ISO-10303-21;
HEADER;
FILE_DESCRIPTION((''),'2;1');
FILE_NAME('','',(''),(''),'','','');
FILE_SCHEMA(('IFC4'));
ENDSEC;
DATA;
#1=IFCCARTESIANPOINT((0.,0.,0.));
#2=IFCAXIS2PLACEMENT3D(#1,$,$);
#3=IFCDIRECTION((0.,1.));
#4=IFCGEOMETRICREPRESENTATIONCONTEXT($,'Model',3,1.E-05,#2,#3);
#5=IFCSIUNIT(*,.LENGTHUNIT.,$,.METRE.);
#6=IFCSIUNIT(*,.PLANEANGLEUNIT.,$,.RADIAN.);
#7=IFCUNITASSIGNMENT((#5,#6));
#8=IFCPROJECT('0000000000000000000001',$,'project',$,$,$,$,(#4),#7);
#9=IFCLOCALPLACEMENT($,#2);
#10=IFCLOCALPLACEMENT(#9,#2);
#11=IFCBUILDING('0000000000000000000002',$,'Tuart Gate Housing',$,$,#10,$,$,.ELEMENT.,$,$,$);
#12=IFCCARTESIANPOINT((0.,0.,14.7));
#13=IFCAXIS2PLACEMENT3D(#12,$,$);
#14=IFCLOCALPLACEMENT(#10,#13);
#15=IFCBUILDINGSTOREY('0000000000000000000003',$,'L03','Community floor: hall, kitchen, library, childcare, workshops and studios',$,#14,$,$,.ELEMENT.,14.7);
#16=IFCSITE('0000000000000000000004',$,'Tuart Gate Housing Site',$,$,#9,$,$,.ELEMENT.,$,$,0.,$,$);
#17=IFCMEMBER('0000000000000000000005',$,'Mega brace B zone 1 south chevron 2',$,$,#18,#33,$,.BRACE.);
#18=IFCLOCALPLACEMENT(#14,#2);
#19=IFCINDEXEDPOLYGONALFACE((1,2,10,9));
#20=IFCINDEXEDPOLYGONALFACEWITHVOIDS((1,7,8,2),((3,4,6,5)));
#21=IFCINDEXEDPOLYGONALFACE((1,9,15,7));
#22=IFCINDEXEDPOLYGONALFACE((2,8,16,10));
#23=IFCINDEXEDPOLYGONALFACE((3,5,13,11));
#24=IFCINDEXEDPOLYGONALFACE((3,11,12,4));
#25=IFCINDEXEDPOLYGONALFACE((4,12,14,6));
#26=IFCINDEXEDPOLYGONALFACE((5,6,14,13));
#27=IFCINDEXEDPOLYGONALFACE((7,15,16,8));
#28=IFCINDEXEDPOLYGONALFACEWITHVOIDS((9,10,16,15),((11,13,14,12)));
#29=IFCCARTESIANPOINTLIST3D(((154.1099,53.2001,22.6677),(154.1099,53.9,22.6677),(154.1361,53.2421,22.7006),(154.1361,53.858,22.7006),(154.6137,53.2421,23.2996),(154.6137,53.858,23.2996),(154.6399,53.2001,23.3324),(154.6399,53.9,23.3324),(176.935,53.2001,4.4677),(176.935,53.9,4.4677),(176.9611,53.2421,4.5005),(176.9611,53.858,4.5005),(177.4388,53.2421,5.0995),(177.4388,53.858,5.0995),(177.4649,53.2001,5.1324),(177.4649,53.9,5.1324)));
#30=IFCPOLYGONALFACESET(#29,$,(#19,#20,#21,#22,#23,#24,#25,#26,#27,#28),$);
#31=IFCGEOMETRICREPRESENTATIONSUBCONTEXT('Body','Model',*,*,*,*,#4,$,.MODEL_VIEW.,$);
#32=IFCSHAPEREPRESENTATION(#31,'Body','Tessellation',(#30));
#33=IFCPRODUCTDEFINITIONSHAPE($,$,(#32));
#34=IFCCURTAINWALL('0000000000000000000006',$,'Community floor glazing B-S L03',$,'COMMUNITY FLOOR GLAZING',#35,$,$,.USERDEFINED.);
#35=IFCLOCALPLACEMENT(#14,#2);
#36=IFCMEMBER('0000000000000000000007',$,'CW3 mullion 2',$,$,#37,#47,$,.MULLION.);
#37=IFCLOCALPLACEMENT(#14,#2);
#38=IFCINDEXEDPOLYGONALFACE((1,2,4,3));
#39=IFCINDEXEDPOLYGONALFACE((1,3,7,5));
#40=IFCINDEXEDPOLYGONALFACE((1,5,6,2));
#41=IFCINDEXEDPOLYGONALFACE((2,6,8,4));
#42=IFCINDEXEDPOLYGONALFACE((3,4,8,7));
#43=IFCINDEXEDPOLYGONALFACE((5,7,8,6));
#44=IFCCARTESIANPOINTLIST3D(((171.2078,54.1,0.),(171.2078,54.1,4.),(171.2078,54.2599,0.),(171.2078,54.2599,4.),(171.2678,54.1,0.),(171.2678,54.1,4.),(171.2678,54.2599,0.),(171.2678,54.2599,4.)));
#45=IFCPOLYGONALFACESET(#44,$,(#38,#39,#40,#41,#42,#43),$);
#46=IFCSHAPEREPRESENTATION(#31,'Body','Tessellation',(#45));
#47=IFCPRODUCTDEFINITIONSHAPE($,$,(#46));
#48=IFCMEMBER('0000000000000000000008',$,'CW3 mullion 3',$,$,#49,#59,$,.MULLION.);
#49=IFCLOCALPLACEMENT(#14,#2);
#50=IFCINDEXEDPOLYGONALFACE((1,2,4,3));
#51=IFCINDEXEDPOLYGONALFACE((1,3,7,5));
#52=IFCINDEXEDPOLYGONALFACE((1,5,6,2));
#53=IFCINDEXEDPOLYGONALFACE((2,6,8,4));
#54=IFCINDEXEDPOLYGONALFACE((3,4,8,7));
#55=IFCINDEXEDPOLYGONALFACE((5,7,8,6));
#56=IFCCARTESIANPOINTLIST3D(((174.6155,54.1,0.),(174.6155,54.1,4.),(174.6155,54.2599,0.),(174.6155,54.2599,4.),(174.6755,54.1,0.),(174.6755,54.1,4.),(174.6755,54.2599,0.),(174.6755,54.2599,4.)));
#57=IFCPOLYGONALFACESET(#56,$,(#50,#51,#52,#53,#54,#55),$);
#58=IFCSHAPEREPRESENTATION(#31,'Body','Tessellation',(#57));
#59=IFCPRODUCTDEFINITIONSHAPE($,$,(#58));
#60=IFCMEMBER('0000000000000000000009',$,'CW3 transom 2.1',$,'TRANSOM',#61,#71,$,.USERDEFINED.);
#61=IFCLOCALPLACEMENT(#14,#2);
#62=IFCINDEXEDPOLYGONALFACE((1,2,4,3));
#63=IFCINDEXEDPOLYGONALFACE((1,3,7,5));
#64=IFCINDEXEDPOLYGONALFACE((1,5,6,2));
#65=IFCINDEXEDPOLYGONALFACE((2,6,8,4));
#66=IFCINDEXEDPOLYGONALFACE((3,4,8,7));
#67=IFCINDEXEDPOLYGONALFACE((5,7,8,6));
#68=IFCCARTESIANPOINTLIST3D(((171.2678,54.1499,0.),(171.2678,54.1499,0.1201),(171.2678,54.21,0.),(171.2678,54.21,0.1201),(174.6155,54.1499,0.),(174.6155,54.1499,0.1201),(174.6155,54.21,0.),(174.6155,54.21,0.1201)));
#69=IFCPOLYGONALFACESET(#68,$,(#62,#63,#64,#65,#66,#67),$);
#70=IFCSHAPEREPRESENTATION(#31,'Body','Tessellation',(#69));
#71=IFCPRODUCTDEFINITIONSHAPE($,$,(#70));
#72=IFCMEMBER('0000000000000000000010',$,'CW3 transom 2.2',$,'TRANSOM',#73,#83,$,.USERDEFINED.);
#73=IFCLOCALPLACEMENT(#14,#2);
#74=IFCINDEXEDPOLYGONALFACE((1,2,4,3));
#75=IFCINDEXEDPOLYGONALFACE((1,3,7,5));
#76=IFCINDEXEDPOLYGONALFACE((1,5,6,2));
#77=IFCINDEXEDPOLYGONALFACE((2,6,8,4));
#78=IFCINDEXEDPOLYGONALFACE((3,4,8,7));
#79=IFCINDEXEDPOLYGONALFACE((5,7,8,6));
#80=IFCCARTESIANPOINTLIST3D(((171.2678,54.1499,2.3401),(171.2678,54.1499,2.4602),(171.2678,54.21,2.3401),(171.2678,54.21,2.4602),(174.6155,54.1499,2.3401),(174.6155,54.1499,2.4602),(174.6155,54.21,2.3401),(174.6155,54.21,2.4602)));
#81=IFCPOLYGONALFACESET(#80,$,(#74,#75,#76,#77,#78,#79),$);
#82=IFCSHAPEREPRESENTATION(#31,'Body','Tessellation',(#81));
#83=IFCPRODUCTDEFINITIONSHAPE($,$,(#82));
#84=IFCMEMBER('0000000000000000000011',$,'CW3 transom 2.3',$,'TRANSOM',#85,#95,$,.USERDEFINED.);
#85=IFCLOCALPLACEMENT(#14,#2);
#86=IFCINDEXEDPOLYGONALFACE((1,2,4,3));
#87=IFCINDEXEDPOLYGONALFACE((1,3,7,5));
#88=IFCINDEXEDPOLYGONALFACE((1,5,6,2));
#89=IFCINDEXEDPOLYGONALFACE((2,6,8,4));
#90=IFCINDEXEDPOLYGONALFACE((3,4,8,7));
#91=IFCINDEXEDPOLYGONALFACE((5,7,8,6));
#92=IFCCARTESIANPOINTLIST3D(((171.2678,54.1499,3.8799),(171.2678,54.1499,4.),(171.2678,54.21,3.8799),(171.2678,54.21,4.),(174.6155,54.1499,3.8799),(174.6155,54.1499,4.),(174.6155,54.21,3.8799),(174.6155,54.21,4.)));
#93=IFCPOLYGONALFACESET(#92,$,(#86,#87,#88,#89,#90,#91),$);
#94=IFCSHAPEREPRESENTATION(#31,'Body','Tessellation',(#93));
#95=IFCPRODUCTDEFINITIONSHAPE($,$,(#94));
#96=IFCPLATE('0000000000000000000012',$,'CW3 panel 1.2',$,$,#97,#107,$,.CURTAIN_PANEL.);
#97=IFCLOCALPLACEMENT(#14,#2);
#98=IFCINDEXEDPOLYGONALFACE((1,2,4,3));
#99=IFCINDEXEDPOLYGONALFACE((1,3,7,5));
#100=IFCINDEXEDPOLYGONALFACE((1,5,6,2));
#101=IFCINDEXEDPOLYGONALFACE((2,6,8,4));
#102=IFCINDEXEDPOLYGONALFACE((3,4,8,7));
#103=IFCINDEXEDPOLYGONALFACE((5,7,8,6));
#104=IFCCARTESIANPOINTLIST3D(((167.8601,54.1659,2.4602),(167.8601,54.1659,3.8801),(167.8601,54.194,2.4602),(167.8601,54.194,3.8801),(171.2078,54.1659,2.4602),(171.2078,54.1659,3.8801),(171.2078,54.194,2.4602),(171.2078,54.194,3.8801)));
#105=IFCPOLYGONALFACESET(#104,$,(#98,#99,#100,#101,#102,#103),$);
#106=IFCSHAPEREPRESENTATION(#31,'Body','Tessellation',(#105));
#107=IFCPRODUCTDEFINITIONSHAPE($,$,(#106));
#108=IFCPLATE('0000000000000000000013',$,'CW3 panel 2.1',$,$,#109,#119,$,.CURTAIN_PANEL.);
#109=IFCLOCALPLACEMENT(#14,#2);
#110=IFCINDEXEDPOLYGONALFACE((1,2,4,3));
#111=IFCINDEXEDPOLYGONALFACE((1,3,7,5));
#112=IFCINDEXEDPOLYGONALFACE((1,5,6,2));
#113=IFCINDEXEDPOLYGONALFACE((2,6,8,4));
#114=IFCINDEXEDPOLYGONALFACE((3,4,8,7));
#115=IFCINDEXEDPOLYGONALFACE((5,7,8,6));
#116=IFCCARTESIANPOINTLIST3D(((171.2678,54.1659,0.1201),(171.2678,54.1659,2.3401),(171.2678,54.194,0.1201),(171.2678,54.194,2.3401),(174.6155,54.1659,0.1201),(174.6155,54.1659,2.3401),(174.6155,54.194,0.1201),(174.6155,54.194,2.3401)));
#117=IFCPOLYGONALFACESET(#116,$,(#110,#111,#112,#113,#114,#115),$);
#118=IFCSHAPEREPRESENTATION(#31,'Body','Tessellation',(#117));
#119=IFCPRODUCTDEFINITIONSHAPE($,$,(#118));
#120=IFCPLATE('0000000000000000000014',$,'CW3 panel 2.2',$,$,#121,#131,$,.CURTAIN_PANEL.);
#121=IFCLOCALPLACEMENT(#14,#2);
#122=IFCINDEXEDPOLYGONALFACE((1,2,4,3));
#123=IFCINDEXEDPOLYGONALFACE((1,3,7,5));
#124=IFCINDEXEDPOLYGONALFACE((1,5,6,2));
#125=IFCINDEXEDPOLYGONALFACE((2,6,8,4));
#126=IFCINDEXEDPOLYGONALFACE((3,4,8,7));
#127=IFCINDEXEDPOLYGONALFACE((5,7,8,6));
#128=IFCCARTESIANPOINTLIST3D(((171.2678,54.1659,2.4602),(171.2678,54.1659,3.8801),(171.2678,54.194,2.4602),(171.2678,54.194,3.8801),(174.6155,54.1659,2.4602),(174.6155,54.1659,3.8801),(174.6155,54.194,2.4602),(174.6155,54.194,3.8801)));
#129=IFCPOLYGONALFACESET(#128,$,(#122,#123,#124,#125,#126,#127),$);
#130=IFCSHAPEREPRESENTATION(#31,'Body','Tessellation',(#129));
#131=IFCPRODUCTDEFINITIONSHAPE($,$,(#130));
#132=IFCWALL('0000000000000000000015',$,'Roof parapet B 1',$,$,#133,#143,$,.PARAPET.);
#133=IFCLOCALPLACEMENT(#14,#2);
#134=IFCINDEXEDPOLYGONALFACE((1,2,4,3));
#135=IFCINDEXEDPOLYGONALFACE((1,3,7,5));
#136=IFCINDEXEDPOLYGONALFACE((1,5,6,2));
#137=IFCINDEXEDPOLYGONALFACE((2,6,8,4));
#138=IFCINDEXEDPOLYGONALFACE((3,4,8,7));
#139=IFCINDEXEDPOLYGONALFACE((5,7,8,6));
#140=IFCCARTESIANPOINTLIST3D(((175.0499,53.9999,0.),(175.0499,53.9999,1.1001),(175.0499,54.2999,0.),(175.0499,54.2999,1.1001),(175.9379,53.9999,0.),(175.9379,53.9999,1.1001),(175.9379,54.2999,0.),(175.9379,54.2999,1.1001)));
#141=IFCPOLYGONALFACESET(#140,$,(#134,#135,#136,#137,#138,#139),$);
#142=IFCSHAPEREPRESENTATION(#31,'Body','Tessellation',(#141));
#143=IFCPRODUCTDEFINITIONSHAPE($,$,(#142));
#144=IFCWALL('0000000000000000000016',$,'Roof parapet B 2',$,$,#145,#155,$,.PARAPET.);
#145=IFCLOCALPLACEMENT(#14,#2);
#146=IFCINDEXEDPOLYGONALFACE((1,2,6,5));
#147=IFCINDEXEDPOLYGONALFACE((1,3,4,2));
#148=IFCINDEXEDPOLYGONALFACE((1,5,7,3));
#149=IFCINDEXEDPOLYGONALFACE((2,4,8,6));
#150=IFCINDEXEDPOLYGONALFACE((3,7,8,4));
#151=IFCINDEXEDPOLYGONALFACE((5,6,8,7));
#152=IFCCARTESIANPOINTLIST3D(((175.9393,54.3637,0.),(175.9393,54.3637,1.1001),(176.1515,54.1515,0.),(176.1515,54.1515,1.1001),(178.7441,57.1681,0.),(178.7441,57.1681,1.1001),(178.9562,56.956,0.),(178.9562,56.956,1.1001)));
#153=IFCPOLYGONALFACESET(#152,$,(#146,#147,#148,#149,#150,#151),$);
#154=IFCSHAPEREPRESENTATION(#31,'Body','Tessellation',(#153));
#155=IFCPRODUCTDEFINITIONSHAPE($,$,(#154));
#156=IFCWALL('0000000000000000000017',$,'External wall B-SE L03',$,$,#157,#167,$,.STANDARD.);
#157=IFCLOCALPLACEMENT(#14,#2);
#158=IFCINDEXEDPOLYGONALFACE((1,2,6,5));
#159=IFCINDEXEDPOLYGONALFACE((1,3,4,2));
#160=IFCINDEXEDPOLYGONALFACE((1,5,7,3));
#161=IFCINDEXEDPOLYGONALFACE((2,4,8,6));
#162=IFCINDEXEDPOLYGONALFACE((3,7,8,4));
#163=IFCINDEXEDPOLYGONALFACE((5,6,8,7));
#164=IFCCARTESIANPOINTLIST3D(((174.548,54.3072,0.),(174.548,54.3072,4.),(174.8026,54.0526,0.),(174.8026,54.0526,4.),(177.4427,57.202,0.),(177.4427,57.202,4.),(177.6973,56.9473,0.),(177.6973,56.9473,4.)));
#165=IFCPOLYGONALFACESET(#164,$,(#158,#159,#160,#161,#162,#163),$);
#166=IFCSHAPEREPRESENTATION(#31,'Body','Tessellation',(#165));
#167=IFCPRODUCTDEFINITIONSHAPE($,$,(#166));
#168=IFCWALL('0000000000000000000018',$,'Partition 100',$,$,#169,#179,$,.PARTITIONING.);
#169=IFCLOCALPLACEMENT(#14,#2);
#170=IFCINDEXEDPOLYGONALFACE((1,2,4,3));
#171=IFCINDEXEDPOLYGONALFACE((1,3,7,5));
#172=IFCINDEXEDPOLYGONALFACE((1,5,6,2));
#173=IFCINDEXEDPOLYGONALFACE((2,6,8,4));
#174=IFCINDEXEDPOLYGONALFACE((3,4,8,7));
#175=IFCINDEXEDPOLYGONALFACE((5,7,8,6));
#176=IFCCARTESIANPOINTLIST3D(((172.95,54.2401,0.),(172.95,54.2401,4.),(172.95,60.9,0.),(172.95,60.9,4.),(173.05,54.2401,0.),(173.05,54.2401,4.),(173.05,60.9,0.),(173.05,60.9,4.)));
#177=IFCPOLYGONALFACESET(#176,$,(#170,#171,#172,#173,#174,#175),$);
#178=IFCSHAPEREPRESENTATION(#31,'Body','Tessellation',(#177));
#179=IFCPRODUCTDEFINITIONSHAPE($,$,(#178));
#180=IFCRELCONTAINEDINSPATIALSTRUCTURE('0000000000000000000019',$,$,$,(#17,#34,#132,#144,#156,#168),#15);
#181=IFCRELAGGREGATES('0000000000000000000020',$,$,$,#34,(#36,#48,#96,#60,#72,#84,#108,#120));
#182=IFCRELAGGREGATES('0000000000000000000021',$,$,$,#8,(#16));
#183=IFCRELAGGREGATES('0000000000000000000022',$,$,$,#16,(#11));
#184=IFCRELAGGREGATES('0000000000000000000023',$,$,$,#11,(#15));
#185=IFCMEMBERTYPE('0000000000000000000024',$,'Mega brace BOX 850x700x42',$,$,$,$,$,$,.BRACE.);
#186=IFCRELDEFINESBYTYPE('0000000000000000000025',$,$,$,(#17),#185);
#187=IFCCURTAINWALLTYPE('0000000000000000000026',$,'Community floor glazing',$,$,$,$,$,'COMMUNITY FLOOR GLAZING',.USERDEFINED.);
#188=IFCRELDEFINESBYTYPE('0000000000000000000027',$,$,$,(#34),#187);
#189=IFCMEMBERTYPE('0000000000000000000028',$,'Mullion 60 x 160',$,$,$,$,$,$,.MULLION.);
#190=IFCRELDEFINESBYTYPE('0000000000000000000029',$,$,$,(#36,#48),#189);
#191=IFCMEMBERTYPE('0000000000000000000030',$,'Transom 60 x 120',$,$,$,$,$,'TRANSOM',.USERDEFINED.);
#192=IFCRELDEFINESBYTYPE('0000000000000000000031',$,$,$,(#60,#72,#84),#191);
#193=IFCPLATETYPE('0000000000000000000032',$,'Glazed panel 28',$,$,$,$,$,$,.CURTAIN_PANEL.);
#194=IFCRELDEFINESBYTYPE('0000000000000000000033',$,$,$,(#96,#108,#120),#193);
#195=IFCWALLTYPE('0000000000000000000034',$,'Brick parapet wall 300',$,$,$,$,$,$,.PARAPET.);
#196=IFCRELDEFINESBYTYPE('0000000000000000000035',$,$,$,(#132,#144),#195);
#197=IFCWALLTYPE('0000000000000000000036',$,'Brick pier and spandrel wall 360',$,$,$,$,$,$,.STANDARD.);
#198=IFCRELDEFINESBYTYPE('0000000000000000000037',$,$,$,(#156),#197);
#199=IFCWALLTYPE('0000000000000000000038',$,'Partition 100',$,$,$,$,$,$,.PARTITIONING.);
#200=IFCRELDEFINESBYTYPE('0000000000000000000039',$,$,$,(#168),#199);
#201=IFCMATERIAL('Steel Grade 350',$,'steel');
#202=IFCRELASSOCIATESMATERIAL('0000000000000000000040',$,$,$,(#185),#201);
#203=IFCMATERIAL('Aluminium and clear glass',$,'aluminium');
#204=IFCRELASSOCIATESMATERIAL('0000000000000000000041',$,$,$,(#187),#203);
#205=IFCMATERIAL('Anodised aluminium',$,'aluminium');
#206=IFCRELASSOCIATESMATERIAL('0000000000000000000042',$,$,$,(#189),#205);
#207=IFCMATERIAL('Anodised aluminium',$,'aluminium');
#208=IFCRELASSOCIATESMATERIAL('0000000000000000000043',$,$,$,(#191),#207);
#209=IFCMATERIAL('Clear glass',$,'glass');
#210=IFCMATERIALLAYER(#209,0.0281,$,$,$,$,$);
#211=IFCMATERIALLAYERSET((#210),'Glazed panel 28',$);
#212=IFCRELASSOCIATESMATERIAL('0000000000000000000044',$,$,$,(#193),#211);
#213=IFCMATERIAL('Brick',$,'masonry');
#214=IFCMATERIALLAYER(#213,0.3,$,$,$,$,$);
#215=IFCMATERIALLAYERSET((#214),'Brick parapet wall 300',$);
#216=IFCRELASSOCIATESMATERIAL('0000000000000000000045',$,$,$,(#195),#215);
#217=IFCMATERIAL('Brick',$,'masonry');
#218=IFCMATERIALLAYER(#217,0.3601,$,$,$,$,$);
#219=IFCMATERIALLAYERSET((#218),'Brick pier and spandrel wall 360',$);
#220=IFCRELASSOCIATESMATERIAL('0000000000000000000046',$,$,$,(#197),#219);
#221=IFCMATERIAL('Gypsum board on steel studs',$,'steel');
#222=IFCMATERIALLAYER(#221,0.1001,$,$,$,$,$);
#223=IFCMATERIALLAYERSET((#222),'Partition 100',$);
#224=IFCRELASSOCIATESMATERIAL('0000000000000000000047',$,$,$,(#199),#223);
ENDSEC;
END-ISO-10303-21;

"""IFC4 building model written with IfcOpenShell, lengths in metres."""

from ifc_helpers import new_model, si_unit, direction, frame, frame_2d, origin, origin_2d, place, context, subcontext, project, spatial, rectangle, hollow_rectangle, extrude, material, layer, layer_set, material_profile, profile_set, type_object, element, aggregate, save


model = new_model("IFC4")

# Units and contexts
model_context = context("Model", 3, precision=1e-05, world=origin(), true_north=direction((0.0, 1.0)))
body_context = subcontext(model_context, "Body", "Model", "MODEL_VIEW")
ifc_project = project(units=[si_unit("LENGTHUNIT", "METRE"), si_unit("PLANEANGLEUNIT", "RADIAN")], contexts=[model_context])

# Site, building, storey
site_placement = place(None, origin())
site = spatial("IfcSite", under=ifc_project, at=site_placement, Name="Tuart Gate Housing Site", CompositionType="ELEMENT", RefElevation=0.0)
building_placement = place(site_placement, origin())
building = spatial("IfcBuilding", under=site, at=building_placement, Name="Tuart Gate Housing", CompositionType="ELEMENT")
storey_placement = place(building_placement, frame((0.0, 0.0, 14.7)))
storey = spatial("IfcBuildingStorey", under=building, at=storey_placement, Name="L03", Description="Community floor: hall, kitchen, library, childcare, workshops and studios", CompositionType="ELEMENT", Elevation=14.7)

# Member
ifc_material_1 = material(Name="Steel Grade 350", Category="steel")
ifc_material_profile_1 = material_profile(ifc_material_1, hollow_rectangle(XDim=0.7, YDim=0.8501, WallThickness=0.042, at=origin_2d()), Name="BOX 850x700x42")
ifc_profile_set_1 = profile_set([ifc_material_profile_1], Name="Steel Grade 350")
member_type_1 = type_object("IfcMemberType", Name="Mega brace BOX 850x700x42", PredefinedType="BRACE", material=ifc_profile_set_1)
member_1_placement = place(storey_placement, frame((177.2, 53.55, 4.8), z_axis=(-0.781871, 0.0, 0.623441), x_axis=(0.0, -1.0, 0.0)))
element("IfcMember", 1, at=member_1_placement, inside=storey, type_object=member_type_1, Name="Mega brace B zone 1 south chevron 2", PredefinedType="BRACE", context=body_context, shape_type="SweptSolid", body=[
    extrude(hollow_rectangle(XDim=0.7, YDim=0.8501, WallThickness=0.042, at=origin_2d()), origin(), (0.0, 0.0, 1.0), 29.1929),
])

# Curtain wall, members, plates
ifc_material_2 = material(Name="Aluminium and clear glass", Category="aluminium")
curtain_wall_type = type_object("IfcCurtainWallType", Name="Community floor glazing", ElementType="COMMUNITY FLOOR GLAZING", PredefinedType="USERDEFINED", material=ifc_material_2)
curtain_wall_placement = place(storey_placement, origin())
curtain_wall = element("IfcCurtainWall", 2, at=curtain_wall_placement, inside=storey, type_object=curtain_wall_type, Name="Community floor glazing B-S L03", ObjectType="COMMUNITY FLOOR GLAZING", PredefinedType="USERDEFINED")
ifc_material_3 = material(Name="Anodised aluminium", Category="aluminium")
ifc_material_profile_2 = material_profile(ifc_material_3, rectangle(XDim=0.0601, YDim=0.1599, at=origin_2d()), Name="60x160")
ifc_profile_set_2 = profile_set([ifc_material_profile_2], Name="Anodised aluminium")
member_type_2 = type_object("IfcMemberType", Name="Mullion 60 x 160", PredefinedType="MULLION", material=ifc_profile_set_2)
member_2_placement = place(storey_placement, frame((171.2378, 54.1799, 0.0), z_axis=(0.0, 0.0, 1.0), x_axis=(1.0, 0.0, 0.0)))
member_2 = element("IfcMember", 3, at=member_2_placement, type_object=member_type_2, Name="CW3 mullion 2", PredefinedType="MULLION", context=body_context, shape_type="SweptSolid", body=[
    extrude(rectangle(XDim=0.0601, YDim=0.1599, at=origin_2d()), origin(), (0.0, 0.0, 1.0), 4.0),
])
member_3_placement = place(storey_placement, frame((174.6455, 54.1799, 0.0), z_axis=(0.0, 0.0, 1.0), x_axis=(1.0, 0.0, 0.0)))
member_3 = element("IfcMember", 4, at=member_3_placement, type_object=member_type_2, Name="CW3 mullion 3", PredefinedType="MULLION", context=body_context, shape_type="SweptSolid", body=[
    extrude(rectangle(XDim=0.0601, YDim=0.1599, at=origin_2d()), origin(), (0.0, 0.0, 1.0), 4.0),
])
ifc_material_4 = material(Name="Anodised aluminium", Category="aluminium")
ifc_material_profile_3 = material_profile(ifc_material_4, rectangle(XDim=0.0601, YDim=0.1201, at=origin_2d()), Name="60x120")
ifc_profile_set_3 = profile_set([ifc_material_profile_3], Name="Anodised aluminium")
member_type_3 = type_object("IfcMemberType", Name="Transom 60 x 120", ElementType="TRANSOM", PredefinedType="USERDEFINED", material=ifc_profile_set_3)
member_4_placement = place(storey_placement, frame((171.2678, 54.1799, 0.0601), z_axis=(1.0, 0.0, 0.0), x_axis=(0.0, 1.0, 0.0)))
member_4 = element("IfcMember", 5, at=member_4_placement, type_object=member_type_3, Name="CW3 transom 2.1", ObjectType="TRANSOM", PredefinedType="USERDEFINED", context=body_context, shape_type="SweptSolid", body=[
    extrude(rectangle(XDim=0.0601, YDim=0.1201, at=origin_2d()), origin(), (0.0, 0.0, 1.0), 3.3477),
])
member_5_placement = place(storey_placement, frame((171.2678, 54.1799, 2.4001), z_axis=(1.0, 0.0, 0.0), x_axis=(0.0, 1.0, 0.0)))
member_5 = element("IfcMember", 6, at=member_5_placement, type_object=member_type_3, Name="CW3 transom 2.2", ObjectType="TRANSOM", PredefinedType="USERDEFINED", context=body_context, shape_type="SweptSolid", body=[
    extrude(rectangle(XDim=0.0601, YDim=0.1201, at=origin_2d()), origin(), (0.0, 0.0, 1.0), 3.3477),
])
member_6_placement = place(storey_placement, frame((171.2678, 54.1799, 3.9399), z_axis=(1.0, 0.0, 0.0), x_axis=(0.0, 1.0, 0.0)))
member_6 = element("IfcMember", 7, at=member_6_placement, type_object=member_type_3, Name="CW3 transom 2.3", ObjectType="TRANSOM", PredefinedType="USERDEFINED", context=body_context, shape_type="SweptSolid", body=[
    extrude(rectangle(XDim=0.0601, YDim=0.1201, at=origin_2d()), origin(), (0.0, 0.0, 1.0), 3.3477),
])
ifc_material_5 = material(Name="Clear glass", Category="glass")
ifc_layer_1 = layer(ifc_material_5, 0.0281)
ifc_layer_set_1 = layer_set([ifc_layer_1], Name="Glazed panel 28")
plate_type = type_object("IfcPlateType", Name="Glazed panel 28", PredefinedType="CURTAIN_PANEL", material=ifc_layer_set_1)
plate_1_placement = place(storey_placement, frame((169.5339, 54.1799, 2.4602), z_axis=(0.0, 0.0, 1.0), x_axis=(1.0, 0.0, 0.0)))
plate_1 = element("IfcPlate", 8, at=plate_1_placement, type_object=plate_type, Name="CW3 panel 1.2", PredefinedType="CURTAIN_PANEL", context=body_context, shape_type="SweptSolid", body=[
    extrude(rectangle(XDim=3.3477, YDim=0.0281, at=origin_2d()), origin(), (0.0, 0.0, 1.0), 1.4199),
])
plate_2_placement = place(storey_placement, frame((172.9417, 54.1799, 0.1201), z_axis=(0.0, 0.0, 1.0), x_axis=(1.0, 0.0, 0.0)))
plate_2 = element("IfcPlate", 9, at=plate_2_placement, type_object=plate_type, Name="CW3 panel 2.1", PredefinedType="CURTAIN_PANEL", context=body_context, shape_type="SweptSolid", body=[
    extrude(rectangle(XDim=3.3477, YDim=0.0281, at=origin_2d()), origin(), (0.0, 0.0, 1.0), 2.22),
])
plate_3_placement = place(storey_placement, frame((172.9417, 54.1799, 2.4602), z_axis=(0.0, 0.0, 1.0), x_axis=(1.0, 0.0, 0.0)))
plate_3 = element("IfcPlate", 10, at=plate_3_placement, type_object=plate_type, Name="CW3 panel 2.2", PredefinedType="CURTAIN_PANEL", context=body_context, shape_type="SweptSolid", body=[
    extrude(rectangle(XDim=3.3477, YDim=0.0281, at=origin_2d()), origin(), (0.0, 0.0, 1.0), 1.4199),
])
aggregate(curtain_wall, [member_2, member_3, plate_1, member_4, member_5, member_6, plate_2, plate_3])

# Walls
ifc_material_6 = material(Name="Brick", Category="masonry")
ifc_layer_2 = layer(ifc_material_6, 0.3)
ifc_layer_set_2 = layer_set([ifc_layer_2], Name="Brick parapet wall 300")
wall_type_1 = type_object("IfcWallType", Name="Brick parapet wall 300", PredefinedType="PARAPET", material=ifc_layer_set_2)
wall_1_placement = place(storey_placement, frame((175.05, 54.1499, 0.0), z_axis=(0.0, 0.0, 1.0), x_axis=(1.0, 0.0, 0.0)))
element("IfcWall", 11, at=wall_1_placement, inside=storey, type_object=wall_type_1, Name="Roof parapet B 1", PredefinedType="PARAPET", context=body_context, shape_type="SweptSolid", body=[
    extrude(rectangle(XDim=0.8879, YDim=0.3, at=frame_2d((0.4438, 0.0))), origin(), (0.0, 0.0, 1.0), 1.1001),
])
wall_2_placement = place(storey_placement, frame((176.0454, 54.2576, 0.0), z_axis=(0.0, 0.0, 1.0), x_axis=(0.707138, 0.707076, 0.0)))
element("IfcWall", 12, at=wall_2_placement, inside=storey, type_object=wall_type_1, Name="Roof parapet B 2", PredefinedType="PARAPET", context=body_context, shape_type="SweptSolid", body=[
    extrude(rectangle(XDim=3.9663, YDim=0.3, at=frame_2d((1.9832, 0.0))), origin(), (0.0, 0.0, 1.0), 1.1001),
])
ifc_material_7 = material(Name="Brick", Category="masonry")
ifc_layer_3 = layer(ifc_material_7, 0.3601)
ifc_layer_set_3 = layer_set([ifc_layer_3], Name="Brick pier and spandrel wall 360")
wall_type_2 = type_object("IfcWallType", Name="Brick pier and spandrel wall 360", PredefinedType="STANDARD", material=ifc_layer_set_3)
wall_3_placement = place(storey_placement, frame((174.6753, 54.1799, 0.0), z_axis=(0.0, 0.0, 1.0), x_axis=(0.707107, 0.707107, 0.0)))
element("IfcWall", 13, at=wall_3_placement, inside=storey, type_object=wall_type_2, Name="External wall B-SE L03", PredefinedType="STANDARD", context=body_context, shape_type="SweptSolid", body=[
    extrude(rectangle(XDim=4.0938, YDim=0.3601, at=frame_2d((2.0469, 0.0))), origin(), (0.0, 0.0, 1.0), 4.0),
])
ifc_material_8 = material(Name="Gypsum board on steel studs", Category="steel")
ifc_layer_4 = layer(ifc_material_8, 0.1001)
ifc_layer_set_4 = layer_set([ifc_layer_4], Name="Partition 100")
wall_type_3 = type_object("IfcWallType", Name="Partition 100", PredefinedType="PARTITIONING", material=ifc_layer_set_4)
wall_4_placement = place(storey_placement, frame((173.0, 54.24, 0.0), z_axis=(0.0, 0.0, 1.0), x_axis=(0.0, 1.0, 0.0)))
element("IfcWall", 14, at=wall_4_placement, inside=storey, type_object=wall_type_3, Name="Partition 100", PredefinedType="PARTITIONING", context=body_context, shape_type="SweptSolid", body=[
    extrude(rectangle(XDim=6.6599, YDim=0.1001, at=frame_2d((3.3301, 0.0))), origin(), (0.0, 0.0, 1.0), 4.0),
])

save(model, "model.ifc")
